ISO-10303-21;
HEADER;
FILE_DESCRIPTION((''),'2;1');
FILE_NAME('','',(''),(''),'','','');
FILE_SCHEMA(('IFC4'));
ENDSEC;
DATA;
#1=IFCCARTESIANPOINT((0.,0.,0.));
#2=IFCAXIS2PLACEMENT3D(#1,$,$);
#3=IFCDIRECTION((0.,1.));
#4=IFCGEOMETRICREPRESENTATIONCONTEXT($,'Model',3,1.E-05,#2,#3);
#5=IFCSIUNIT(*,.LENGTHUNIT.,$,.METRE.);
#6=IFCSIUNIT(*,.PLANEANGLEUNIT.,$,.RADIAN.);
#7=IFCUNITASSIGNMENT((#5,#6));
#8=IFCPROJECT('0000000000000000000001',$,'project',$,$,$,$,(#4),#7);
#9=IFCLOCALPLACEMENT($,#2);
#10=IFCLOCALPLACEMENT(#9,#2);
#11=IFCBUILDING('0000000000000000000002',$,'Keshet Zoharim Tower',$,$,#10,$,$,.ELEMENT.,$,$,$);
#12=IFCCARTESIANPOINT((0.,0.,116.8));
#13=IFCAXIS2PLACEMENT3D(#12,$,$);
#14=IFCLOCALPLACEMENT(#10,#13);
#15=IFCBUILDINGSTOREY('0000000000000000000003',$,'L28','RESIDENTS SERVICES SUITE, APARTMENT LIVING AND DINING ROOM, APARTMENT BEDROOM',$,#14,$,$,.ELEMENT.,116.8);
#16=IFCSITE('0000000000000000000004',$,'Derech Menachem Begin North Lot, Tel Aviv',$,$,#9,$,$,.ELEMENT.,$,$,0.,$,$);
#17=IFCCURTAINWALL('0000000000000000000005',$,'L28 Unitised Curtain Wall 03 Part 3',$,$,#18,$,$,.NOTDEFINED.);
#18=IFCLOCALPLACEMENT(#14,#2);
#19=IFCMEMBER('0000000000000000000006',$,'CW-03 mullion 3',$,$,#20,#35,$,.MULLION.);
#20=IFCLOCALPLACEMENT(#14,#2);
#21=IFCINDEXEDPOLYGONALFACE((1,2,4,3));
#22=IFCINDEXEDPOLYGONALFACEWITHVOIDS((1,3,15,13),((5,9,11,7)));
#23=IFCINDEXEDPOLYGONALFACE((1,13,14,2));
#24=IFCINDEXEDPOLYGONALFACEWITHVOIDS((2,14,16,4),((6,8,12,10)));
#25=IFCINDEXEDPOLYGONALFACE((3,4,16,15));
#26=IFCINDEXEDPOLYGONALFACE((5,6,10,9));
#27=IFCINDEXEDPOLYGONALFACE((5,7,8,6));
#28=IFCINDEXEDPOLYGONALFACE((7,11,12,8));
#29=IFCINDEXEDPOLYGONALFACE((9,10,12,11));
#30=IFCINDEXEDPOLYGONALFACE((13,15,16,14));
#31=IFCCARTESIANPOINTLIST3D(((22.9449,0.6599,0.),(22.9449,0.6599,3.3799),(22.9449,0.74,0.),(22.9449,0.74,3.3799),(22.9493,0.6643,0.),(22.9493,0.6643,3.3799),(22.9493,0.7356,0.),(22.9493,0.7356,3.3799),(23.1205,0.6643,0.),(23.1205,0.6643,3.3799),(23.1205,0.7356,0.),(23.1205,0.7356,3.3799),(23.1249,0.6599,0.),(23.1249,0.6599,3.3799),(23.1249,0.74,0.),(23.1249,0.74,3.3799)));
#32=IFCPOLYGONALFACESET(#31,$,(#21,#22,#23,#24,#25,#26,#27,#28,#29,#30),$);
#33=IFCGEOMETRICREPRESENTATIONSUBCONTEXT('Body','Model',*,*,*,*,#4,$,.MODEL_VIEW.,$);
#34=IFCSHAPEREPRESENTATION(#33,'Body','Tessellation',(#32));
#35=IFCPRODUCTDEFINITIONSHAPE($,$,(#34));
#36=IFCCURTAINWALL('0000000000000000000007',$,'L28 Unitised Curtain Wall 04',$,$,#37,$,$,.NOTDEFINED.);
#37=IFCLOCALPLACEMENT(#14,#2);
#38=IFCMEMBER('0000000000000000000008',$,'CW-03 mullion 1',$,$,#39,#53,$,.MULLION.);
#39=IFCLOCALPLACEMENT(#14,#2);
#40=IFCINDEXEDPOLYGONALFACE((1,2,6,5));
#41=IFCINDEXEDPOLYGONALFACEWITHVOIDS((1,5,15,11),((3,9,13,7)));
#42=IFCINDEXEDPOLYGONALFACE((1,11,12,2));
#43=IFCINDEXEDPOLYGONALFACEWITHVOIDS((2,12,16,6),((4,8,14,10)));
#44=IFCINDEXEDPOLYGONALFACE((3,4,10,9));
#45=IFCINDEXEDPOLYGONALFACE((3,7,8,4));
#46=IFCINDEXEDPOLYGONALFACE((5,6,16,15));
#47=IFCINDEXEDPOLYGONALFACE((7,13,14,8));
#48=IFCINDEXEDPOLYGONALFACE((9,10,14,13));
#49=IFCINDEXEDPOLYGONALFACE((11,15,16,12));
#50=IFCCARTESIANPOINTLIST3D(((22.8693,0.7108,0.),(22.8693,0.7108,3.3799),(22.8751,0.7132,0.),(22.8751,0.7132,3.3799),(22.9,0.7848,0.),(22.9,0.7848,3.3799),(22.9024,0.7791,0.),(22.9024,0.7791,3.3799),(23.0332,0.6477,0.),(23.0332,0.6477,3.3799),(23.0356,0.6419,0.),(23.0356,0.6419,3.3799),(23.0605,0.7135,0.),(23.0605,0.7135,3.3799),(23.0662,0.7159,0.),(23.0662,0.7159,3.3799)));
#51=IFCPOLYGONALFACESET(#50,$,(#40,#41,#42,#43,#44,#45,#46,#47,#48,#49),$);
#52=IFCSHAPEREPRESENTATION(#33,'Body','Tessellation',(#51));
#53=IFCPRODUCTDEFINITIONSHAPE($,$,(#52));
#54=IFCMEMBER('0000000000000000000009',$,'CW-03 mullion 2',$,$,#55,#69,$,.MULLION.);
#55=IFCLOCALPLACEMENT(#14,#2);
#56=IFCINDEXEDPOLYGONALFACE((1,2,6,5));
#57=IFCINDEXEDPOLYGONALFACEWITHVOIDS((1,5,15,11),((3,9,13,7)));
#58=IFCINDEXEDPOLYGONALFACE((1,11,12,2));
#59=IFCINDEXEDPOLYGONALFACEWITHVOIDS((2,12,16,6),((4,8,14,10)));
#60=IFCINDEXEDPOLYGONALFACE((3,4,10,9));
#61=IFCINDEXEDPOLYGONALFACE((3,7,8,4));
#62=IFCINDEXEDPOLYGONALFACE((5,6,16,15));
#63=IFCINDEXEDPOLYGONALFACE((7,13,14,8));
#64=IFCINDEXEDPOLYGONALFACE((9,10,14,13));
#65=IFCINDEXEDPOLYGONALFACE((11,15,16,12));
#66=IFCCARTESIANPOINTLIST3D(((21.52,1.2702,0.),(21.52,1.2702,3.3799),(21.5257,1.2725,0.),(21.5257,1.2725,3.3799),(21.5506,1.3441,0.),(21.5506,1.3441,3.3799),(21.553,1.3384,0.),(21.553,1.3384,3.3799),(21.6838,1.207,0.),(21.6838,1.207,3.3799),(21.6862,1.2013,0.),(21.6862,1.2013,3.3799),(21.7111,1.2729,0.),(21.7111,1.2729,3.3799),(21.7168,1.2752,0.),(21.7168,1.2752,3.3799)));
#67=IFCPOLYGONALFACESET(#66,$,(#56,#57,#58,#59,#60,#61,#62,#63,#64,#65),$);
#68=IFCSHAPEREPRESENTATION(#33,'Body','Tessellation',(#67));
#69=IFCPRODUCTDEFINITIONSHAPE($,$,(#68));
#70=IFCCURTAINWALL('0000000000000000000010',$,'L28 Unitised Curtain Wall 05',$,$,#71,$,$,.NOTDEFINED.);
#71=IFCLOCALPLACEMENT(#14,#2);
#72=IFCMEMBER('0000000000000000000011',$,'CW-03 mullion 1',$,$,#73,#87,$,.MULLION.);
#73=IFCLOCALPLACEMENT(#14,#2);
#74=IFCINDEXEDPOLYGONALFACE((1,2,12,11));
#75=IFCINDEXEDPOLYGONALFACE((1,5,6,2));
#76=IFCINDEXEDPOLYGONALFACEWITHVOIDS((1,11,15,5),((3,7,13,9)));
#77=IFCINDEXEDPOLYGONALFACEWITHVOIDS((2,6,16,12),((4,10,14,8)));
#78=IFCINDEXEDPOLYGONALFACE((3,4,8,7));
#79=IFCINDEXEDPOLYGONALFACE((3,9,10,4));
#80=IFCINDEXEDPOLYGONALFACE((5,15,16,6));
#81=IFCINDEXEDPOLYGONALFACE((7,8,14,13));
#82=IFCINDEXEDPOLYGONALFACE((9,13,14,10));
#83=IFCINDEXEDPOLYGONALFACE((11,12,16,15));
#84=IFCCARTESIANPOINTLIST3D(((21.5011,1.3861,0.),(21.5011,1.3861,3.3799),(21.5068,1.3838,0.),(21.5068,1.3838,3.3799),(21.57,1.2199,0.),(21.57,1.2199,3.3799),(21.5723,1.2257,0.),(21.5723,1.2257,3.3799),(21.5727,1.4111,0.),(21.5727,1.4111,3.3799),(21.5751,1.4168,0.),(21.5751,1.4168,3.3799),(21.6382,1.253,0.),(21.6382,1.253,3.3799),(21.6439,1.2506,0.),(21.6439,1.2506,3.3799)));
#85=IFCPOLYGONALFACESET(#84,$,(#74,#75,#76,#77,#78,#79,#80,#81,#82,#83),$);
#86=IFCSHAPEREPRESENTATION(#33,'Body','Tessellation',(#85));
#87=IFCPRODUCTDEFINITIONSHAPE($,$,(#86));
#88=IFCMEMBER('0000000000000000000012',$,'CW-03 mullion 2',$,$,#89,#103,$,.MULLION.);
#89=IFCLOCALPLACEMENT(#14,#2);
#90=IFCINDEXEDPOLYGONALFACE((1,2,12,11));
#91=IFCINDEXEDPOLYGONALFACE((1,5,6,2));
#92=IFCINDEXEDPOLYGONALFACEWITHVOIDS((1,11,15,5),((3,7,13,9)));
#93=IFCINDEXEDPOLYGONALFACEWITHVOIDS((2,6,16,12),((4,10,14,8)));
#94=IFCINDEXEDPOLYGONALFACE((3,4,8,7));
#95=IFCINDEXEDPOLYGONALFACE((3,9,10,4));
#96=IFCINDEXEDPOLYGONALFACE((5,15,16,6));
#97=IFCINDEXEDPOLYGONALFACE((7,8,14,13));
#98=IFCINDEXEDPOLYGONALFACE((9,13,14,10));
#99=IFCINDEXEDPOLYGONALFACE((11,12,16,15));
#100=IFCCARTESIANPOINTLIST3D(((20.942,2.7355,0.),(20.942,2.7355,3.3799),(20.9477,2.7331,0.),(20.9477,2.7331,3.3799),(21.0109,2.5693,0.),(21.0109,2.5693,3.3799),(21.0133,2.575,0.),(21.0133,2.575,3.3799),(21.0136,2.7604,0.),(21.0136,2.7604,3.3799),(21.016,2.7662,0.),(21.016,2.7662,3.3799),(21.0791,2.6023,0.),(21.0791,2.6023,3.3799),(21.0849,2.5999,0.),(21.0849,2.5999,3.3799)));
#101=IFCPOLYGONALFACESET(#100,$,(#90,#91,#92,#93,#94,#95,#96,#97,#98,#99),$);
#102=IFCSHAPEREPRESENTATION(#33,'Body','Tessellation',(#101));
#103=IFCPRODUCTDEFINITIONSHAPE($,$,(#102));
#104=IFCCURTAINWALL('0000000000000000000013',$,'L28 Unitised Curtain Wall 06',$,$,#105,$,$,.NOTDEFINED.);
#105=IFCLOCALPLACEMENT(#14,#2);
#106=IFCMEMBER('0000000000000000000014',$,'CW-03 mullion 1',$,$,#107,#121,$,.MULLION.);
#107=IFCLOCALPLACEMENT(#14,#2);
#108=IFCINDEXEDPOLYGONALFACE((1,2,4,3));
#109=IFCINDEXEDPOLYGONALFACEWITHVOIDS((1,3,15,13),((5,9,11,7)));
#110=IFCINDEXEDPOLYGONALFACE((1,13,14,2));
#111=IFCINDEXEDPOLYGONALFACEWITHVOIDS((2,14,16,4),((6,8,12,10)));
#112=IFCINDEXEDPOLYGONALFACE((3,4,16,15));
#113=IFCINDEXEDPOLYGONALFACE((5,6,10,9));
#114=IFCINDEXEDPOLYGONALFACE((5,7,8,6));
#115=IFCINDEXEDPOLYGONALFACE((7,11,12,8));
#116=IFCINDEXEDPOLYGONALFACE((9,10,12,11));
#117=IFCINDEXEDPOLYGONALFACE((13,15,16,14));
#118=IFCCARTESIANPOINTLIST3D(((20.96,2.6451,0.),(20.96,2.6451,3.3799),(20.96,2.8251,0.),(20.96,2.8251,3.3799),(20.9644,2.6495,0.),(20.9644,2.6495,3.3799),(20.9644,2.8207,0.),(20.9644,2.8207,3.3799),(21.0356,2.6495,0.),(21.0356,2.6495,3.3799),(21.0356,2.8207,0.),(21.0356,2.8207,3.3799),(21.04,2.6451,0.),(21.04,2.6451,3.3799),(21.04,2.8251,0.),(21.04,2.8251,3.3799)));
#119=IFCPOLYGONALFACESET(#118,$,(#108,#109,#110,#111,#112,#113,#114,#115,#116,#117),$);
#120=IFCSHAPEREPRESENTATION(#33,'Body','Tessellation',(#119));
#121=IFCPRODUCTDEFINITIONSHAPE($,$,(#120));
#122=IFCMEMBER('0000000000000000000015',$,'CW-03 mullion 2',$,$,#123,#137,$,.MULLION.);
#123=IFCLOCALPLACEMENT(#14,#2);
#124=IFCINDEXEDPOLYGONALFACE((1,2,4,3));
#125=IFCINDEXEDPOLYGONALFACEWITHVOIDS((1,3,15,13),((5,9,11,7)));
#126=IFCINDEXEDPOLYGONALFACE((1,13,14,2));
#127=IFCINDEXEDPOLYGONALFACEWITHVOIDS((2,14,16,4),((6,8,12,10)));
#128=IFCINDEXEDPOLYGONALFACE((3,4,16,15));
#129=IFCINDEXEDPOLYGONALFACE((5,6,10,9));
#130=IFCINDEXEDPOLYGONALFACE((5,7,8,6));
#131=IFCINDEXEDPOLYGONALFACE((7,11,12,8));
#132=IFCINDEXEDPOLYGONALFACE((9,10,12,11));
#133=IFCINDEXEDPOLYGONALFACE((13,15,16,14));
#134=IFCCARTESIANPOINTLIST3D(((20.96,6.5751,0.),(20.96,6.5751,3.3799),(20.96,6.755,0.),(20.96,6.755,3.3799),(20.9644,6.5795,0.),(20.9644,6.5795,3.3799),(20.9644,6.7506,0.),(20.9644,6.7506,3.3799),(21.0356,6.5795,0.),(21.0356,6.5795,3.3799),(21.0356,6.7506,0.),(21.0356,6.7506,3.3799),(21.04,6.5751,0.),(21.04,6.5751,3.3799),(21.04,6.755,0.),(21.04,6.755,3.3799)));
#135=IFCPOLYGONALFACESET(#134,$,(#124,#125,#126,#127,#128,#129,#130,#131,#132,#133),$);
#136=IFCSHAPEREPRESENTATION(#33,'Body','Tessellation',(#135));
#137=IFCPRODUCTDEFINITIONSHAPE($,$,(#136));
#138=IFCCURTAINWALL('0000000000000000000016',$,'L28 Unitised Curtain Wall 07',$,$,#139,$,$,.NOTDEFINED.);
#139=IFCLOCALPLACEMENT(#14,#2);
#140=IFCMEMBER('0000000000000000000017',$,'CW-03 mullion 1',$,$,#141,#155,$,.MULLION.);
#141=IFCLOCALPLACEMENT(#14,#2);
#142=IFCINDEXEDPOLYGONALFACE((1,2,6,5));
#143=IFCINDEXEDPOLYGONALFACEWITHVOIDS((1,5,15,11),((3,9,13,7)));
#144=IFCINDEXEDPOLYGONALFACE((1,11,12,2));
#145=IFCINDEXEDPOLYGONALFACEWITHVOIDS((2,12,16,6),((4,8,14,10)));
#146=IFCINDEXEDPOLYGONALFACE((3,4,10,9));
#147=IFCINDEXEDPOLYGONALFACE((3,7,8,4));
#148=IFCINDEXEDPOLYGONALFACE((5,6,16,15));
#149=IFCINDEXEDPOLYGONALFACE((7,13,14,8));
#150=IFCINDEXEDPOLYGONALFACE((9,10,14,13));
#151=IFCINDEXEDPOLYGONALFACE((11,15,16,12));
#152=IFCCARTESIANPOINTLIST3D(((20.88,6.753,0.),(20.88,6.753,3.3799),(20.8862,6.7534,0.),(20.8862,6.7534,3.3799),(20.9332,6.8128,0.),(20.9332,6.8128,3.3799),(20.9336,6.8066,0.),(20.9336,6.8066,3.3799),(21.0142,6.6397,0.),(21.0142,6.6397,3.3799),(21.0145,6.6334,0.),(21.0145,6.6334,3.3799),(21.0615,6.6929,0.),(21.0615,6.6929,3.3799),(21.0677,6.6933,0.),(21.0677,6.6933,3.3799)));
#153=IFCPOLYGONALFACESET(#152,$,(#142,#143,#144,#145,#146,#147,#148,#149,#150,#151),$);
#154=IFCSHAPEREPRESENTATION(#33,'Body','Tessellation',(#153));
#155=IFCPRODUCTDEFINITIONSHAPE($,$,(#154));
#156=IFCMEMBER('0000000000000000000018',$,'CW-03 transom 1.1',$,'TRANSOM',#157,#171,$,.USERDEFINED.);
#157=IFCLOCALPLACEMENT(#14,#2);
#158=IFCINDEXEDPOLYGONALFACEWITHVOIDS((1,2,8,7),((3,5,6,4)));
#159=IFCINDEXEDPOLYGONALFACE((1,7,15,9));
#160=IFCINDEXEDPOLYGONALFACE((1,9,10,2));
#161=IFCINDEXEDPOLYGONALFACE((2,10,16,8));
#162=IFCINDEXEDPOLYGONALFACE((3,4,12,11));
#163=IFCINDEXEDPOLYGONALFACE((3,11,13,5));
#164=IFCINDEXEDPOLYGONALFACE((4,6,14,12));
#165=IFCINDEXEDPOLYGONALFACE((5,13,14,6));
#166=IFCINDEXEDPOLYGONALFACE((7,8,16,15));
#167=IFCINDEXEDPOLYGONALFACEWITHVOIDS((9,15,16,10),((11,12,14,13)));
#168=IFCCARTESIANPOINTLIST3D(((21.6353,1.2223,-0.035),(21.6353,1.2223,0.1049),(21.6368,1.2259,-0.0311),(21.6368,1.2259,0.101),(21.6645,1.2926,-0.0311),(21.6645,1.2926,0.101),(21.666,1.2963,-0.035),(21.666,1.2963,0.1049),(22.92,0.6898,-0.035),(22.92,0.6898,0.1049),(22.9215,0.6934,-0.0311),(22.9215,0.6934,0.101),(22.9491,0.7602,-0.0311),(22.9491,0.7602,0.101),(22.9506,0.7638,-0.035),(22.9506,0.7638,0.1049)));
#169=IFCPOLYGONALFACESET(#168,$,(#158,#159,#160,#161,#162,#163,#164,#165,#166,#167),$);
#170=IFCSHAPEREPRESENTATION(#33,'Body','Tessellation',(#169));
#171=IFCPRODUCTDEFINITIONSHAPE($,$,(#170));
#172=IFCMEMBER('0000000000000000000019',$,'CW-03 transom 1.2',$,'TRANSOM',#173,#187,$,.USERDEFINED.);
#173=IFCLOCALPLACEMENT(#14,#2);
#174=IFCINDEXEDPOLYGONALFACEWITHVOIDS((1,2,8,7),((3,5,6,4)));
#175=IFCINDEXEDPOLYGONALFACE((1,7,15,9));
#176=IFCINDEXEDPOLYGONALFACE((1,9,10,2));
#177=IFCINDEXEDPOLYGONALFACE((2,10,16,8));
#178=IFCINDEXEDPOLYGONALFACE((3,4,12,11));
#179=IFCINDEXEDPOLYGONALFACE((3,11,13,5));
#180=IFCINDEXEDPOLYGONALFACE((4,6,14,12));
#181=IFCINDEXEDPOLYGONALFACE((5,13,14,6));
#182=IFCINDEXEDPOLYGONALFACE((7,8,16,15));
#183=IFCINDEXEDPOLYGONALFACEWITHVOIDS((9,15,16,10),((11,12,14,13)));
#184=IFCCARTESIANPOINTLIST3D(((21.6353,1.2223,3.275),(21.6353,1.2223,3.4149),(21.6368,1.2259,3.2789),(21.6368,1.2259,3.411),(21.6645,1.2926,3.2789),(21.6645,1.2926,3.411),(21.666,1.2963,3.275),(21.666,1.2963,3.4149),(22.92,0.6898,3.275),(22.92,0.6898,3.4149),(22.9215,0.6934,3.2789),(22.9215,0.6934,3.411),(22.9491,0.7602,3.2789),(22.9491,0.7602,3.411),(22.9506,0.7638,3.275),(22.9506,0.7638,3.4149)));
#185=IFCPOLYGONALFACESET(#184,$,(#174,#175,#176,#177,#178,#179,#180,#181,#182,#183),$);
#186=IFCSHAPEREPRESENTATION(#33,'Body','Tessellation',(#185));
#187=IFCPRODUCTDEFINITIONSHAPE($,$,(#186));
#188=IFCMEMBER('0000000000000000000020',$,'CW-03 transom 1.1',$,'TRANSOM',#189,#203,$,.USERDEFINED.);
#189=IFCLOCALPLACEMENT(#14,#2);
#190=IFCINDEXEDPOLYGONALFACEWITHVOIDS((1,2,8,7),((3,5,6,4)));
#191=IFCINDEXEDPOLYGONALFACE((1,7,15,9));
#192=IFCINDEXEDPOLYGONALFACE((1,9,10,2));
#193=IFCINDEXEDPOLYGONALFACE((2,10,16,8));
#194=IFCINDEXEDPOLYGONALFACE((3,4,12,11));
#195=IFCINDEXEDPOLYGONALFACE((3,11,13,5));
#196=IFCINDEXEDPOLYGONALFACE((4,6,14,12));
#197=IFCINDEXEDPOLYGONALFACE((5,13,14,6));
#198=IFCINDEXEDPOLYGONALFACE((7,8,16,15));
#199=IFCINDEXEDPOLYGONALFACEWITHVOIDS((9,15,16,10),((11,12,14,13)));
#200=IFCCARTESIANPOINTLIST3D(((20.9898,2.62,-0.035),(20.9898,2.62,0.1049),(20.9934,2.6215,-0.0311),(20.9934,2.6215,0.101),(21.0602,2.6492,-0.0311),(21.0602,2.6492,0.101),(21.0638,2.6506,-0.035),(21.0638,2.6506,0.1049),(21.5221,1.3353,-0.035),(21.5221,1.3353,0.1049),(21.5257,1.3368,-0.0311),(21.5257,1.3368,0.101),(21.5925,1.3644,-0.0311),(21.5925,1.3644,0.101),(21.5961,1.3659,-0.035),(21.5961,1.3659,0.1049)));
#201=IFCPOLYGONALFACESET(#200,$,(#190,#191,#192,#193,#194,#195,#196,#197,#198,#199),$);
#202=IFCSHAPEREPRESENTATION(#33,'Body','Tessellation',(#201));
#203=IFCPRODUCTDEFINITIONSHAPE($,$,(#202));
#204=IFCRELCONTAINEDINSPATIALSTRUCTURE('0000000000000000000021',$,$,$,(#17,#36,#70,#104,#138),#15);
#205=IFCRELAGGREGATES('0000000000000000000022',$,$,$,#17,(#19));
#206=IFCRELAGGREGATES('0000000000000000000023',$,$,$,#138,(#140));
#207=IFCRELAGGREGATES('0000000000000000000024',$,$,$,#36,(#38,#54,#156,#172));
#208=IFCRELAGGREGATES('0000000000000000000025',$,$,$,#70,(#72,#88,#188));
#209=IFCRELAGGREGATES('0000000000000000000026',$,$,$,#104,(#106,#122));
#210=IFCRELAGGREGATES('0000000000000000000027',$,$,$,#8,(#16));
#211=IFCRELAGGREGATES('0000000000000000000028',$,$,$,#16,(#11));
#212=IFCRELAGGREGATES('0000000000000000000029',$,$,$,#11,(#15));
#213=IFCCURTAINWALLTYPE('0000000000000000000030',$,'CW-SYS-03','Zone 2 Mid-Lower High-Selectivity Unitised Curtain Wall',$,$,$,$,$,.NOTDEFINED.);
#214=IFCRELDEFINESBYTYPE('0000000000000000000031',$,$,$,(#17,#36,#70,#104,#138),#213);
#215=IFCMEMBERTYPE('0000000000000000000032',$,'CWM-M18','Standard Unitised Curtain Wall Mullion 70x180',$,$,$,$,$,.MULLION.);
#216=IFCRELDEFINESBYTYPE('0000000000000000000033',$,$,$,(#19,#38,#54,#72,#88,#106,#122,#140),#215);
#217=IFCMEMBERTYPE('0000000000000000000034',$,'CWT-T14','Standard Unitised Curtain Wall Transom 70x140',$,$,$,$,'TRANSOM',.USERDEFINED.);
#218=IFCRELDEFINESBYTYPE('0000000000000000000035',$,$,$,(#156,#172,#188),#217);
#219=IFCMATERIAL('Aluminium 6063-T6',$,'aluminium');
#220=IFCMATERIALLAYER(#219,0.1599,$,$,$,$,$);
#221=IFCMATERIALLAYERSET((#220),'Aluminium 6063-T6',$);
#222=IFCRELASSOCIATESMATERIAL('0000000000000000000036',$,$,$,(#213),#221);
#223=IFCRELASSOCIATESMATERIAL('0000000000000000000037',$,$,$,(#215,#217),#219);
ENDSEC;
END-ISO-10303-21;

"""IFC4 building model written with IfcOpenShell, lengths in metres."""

from ifc_helpers import new_model, si_unit, direction, frame, origin, origin_2d, place, context, subcontext, project, spatial, hollow_rectangle, extrude, material, layer, layer_set, material_profile, profile_set, type_object, element, aggregate, save


model = new_model("IFC4")

# Units and contexts
model_context = context("Model", 3, precision=1e-05, world=origin(), true_north=direction((0.0, 1.0)))
body_context = subcontext(model_context, "Body", "Model", "MODEL_VIEW")
ifc_project = project(units=[si_unit("LENGTHUNIT", "METRE"), si_unit("PLANEANGLEUNIT", "RADIAN")], contexts=[model_context])

# Site, building, storey
site_placement = place(None, origin())
site = spatial("IfcSite", under=ifc_project, at=site_placement, Name="Derech Menachem Begin North Lot, Tel Aviv", CompositionType="ELEMENT", RefElevation=0.0)
building_placement = place(site_placement, origin())
building = spatial("IfcBuilding", under=site, at=building_placement, Name="Keshet Zoharim Tower", CompositionType="ELEMENT")
storey_placement = place(building_placement, frame((0.0, 0.0, 116.8)))
storey = spatial("IfcBuildingStorey", under=building, at=storey_placement, Name="L28", Description="RESIDENTS SERVICES SUITE, APARTMENT LIVING AND DINING ROOM, APARTMENT BEDROOM", CompositionType="ELEMENT", Elevation=116.8)

# Curtain wall, member
ifc_material_1 = material(Name="Aluminium 6063-T6", Category="aluminium")
ifc_layer_1 = layer(ifc_material_1, 0.1599)
ifc_layer_set_1 = layer_set([ifc_layer_1], Name="Aluminium 6063-T6")
curtain_wall_type = type_object("IfcCurtainWallType", Name="CW-SYS-03", Description="Zone 2 Mid-Lower High-Selectivity Unitised Curtain Wall", PredefinedType="NOTDEFINED", material=ifc_layer_set_1)
curtain_wall_1_placement = place(storey_placement, origin())
curtain_wall_1 = element("IfcCurtainWall", 1, at=curtain_wall_1_placement, inside=storey, type_object=curtain_wall_type, Name="L28 Unitised Curtain Wall 03 Part 3", PredefinedType="NOTDEFINED")
ifc_material_profile_1 = material_profile(ifc_material_1, hollow_rectangle(XDim=0.0801, YDim=0.1799, WallThickness=0.0044, at=origin_2d()), Name="MUL-80x180")
ifc_profile_set_1 = profile_set([ifc_material_profile_1], Name="Aluminium 6063-T6")
member_type_1 = type_object("IfcMemberType", Name="CWM-M18", Description="Standard Unitised Curtain Wall Mullion 70x180", PredefinedType="MULLION", material=ifc_profile_set_1)
member_1_placement = place(storey_placement, frame((23.0349, 0.7, 0.0), z_axis=(0.0, 0.0, 1.0), x_axis=(0.0, -1.0, 0.0)))
member_1 = element("IfcMember", 2, at=member_1_placement, type_object=member_type_1, Name="CW-03 mullion 3", PredefinedType="MULLION", context=body_context, shape_type="SweptSolid", body=[
    extrude(hollow_rectangle(XDim=0.0801, YDim=0.1799, WallThickness=0.0044, at=origin_2d()), origin(), (0.0, 0.0, 1.0), 3.3799),
])
aggregate(curtain_wall_1, [member_1])

# Curtain walls, members
curtain_wall_2_placement = place(storey_placement, origin())
curtain_wall_2 = element("IfcCurtainWall", 3, at=curtain_wall_2_placement, inside=storey, type_object=curtain_wall_type, Name="L28 Unitised Curtain Wall 04", PredefinedType="NOTDEFINED")
member_2_placement = place(storey_placement, frame((22.9678, 0.7134, 0.0), z_axis=(0.0, 0.0, 1.0), x_axis=(-0.382852, -0.92381, 0.0)))
member_2 = element("IfcMember", 4, at=member_2_placement, type_object=member_type_1, Name="CW-03 mullion 1", PredefinedType="MULLION", context=body_context, shape_type="SweptSolid", body=[
    extrude(hollow_rectangle(XDim=0.0801, YDim=0.1799, WallThickness=0.0044, at=origin_2d()), origin(), (0.0, 0.0, 1.0), 3.3799),
])
member_3_placement = place(storey_placement, frame((21.6184, 1.2727, 0.0), z_axis=(0.0, 0.0, 1.0), x_axis=(-0.382852, -0.92381, 0.0)))
member_3 = element("IfcMember", 5, at=member_3_placement, type_object=member_type_1, Name="CW-03 mullion 2", PredefinedType="MULLION", context=body_context, shape_type="SweptSolid", body=[
    extrude(hollow_rectangle(XDim=0.0801, YDim=0.1799, WallThickness=0.0044, at=origin_2d()), origin(), (0.0, 0.0, 1.0), 3.3799),
])
curtain_wall_3_placement = place(storey_placement, origin())
curtain_wall_3 = element("IfcCurtainWall", 6, at=curtain_wall_3_placement, inside=storey, type_object=curtain_wall_type, Name="L28 Unitised Curtain Wall 05", PredefinedType="NOTDEFINED")
member_4_placement = place(storey_placement, frame((21.5725, 1.3184, 0.0), z_axis=(0.0, 0.0, 1.0), x_axis=(-0.92381, -0.382852, 0.0)))
member_4 = element("IfcMember", 7, at=member_4_placement, type_object=member_type_1, Name="CW-03 mullion 1", PredefinedType="MULLION", context=body_context, shape_type="SweptSolid", body=[
    extrude(hollow_rectangle(XDim=0.0801, YDim=0.1799, WallThickness=0.0044, at=origin_2d()), origin(), (0.0, 0.0, 1.0), 3.3799),
])
member_5_placement = place(storey_placement, frame((21.0134, 2.6677, 0.0), z_axis=(0.0, 0.0, 1.0), x_axis=(-0.92381, -0.382852, 0.0)))
member_5 = element("IfcMember", 8, at=member_5_placement, type_object=member_type_1, Name="CW-03 mullion 2", PredefinedType="MULLION", context=body_context, shape_type="SweptSolid", body=[
    extrude(hollow_rectangle(XDim=0.0801, YDim=0.1799, WallThickness=0.0044, at=origin_2d()), origin(), (0.0, 0.0, 1.0), 3.3799),
])
curtain_wall_4_placement = place(storey_placement, origin())
curtain_wall_4 = element("IfcCurtainWall", 9, at=curtain_wall_4_placement, inside=storey, type_object=curtain_wall_type, Name="L28 Unitised Curtain Wall 06", PredefinedType="NOTDEFINED")
member_6_placement = place(storey_placement, frame((21.0, 2.7351, 0.0), z_axis=(0.0, 0.0, 1.0), x_axis=(-1.0, 0.0, 0.0)))
member_6 = element("IfcMember", 10, at=member_6_placement, type_object=member_type_1, Name="CW-03 mullion 1", PredefinedType="MULLION", context=body_context, shape_type="SweptSolid", body=[
    extrude(hollow_rectangle(XDim=0.0801, YDim=0.1799, WallThickness=0.0044, at=origin_2d()), origin(), (0.0, 0.0, 1.0), 3.3799),
])
member_7_placement = place(storey_placement, frame((21.0, 6.665, 0.0), z_axis=(0.0, 0.0, 1.0), x_axis=(-1.0, 0.0, 0.0)))
member_7 = element("IfcMember", 11, at=member_7_placement, type_object=member_type_1, Name="CW-03 mullion 2", PredefinedType="MULLION", context=body_context, shape_type="SweptSolid", body=[
    extrude(hollow_rectangle(XDim=0.0801, YDim=0.1799, WallThickness=0.0044, at=origin_2d()), origin(), (0.0, 0.0, 1.0), 3.3799),
])

# Curtain wall, member
curtain_wall_5_placement = place(storey_placement, origin())
curtain_wall_5 = element("IfcCurtainWall", 12, at=curtain_wall_5_placement, inside=storey, type_object=curtain_wall_type, Name="L28 Unitised Curtain Wall 07", PredefinedType="NOTDEFINED")
member_8_placement = place(storey_placement, frame((20.9739, 6.7231, 0.0), z_axis=(0.0, 0.0, 1.0), x_axis=(-0.664357, -0.747416, 0.0)))
member_8 = element("IfcMember", 13, at=member_8_placement, type_object=member_type_1, Name="CW-03 mullion 1", PredefinedType="MULLION", context=body_context, shape_type="SweptSolid", body=[
    extrude(hollow_rectangle(XDim=0.0801, YDim=0.1799, WallThickness=0.0044, at=origin_2d()), origin(), (0.0, 0.0, 1.0), 3.3799),
])

# Members
ifc_material_profile_2 = material_profile(ifc_material_1, hollow_rectangle(XDim=0.0801, YDim=0.1399, WallThickness=0.0039, at=origin_2d()), Name="TRN-80x140")
ifc_profile_set_2 = profile_set([ifc_material_profile_2], Name="Aluminium 6063-T6")
member_type_2 = type_object("IfcMemberType", Name="CWT-T14", Description="Standard Unitised Curtain Wall Transom 70x140", ElementType="TRANSOM", PredefinedType="USERDEFINED", material=ifc_profile_set_2)
member_9_placement = place(storey_placement, frame((22.9353, 0.7268, 0.0349), z_axis=(-0.923792, 0.382894, 0.0), x_axis=(-0.382894, -0.923792, 0.0)))
member_9 = element("IfcMember", 14, at=member_9_placement, type_object=member_type_2, Name="CW-03 transom 1.1", ObjectType="TRANSOM", PredefinedType="USERDEFINED", context=body_context, shape_type="SweptSolid", body=[
    extrude(hollow_rectangle(XDim=0.0801, YDim=0.1399, WallThickness=0.0039, at=origin_2d()), origin(), (0.0, 0.0, 1.0), 1.3906),
])
member_10_placement = place(storey_placement, frame((22.9353, 0.7268, 3.345), z_axis=(-0.923792, 0.382894, 0.0), x_axis=(-0.382894, -0.923792, 0.0)))
member_10 = element("IfcMember", 15, at=member_10_placement, type_object=member_type_2, Name="CW-03 transom 1.2", ObjectType="TRANSOM", PredefinedType="USERDEFINED", context=body_context, shape_type="SweptSolid", body=[
    extrude(hollow_rectangle(XDim=0.0801, YDim=0.1399, WallThickness=0.0039, at=origin_2d()), origin(), (0.0, 0.0, 1.0), 1.3906),
])
member_11_placement = place(storey_placement, frame((21.5591, 1.3506, 0.0349), z_axis=(-0.382745, 0.923854, 0.0), x_axis=(-0.923854, -0.382745, 0.0)))
member_11 = element("IfcMember", 16, at=member_11_placement, type_object=member_type_2, Name="CW-03 transom 1.1", ObjectType="TRANSOM", PredefinedType="USERDEFINED", context=body_context, shape_type="SweptSolid", body=[
    extrude(hollow_rectangle(XDim=0.0801, YDim=0.1399, WallThickness=0.0039, at=origin_2d()), origin(), (0.0, 0.0, 1.0), 1.3906),
])
aggregate(curtain_wall_5, [member_8])

aggregate(curtain_wall_2, [member_2, member_3, member_9, member_10])
aggregate(curtain_wall_3, [member_4, member_5, member_11])
aggregate(curtain_wall_4, [member_6, member_7])

save(model, "model.ifc")
